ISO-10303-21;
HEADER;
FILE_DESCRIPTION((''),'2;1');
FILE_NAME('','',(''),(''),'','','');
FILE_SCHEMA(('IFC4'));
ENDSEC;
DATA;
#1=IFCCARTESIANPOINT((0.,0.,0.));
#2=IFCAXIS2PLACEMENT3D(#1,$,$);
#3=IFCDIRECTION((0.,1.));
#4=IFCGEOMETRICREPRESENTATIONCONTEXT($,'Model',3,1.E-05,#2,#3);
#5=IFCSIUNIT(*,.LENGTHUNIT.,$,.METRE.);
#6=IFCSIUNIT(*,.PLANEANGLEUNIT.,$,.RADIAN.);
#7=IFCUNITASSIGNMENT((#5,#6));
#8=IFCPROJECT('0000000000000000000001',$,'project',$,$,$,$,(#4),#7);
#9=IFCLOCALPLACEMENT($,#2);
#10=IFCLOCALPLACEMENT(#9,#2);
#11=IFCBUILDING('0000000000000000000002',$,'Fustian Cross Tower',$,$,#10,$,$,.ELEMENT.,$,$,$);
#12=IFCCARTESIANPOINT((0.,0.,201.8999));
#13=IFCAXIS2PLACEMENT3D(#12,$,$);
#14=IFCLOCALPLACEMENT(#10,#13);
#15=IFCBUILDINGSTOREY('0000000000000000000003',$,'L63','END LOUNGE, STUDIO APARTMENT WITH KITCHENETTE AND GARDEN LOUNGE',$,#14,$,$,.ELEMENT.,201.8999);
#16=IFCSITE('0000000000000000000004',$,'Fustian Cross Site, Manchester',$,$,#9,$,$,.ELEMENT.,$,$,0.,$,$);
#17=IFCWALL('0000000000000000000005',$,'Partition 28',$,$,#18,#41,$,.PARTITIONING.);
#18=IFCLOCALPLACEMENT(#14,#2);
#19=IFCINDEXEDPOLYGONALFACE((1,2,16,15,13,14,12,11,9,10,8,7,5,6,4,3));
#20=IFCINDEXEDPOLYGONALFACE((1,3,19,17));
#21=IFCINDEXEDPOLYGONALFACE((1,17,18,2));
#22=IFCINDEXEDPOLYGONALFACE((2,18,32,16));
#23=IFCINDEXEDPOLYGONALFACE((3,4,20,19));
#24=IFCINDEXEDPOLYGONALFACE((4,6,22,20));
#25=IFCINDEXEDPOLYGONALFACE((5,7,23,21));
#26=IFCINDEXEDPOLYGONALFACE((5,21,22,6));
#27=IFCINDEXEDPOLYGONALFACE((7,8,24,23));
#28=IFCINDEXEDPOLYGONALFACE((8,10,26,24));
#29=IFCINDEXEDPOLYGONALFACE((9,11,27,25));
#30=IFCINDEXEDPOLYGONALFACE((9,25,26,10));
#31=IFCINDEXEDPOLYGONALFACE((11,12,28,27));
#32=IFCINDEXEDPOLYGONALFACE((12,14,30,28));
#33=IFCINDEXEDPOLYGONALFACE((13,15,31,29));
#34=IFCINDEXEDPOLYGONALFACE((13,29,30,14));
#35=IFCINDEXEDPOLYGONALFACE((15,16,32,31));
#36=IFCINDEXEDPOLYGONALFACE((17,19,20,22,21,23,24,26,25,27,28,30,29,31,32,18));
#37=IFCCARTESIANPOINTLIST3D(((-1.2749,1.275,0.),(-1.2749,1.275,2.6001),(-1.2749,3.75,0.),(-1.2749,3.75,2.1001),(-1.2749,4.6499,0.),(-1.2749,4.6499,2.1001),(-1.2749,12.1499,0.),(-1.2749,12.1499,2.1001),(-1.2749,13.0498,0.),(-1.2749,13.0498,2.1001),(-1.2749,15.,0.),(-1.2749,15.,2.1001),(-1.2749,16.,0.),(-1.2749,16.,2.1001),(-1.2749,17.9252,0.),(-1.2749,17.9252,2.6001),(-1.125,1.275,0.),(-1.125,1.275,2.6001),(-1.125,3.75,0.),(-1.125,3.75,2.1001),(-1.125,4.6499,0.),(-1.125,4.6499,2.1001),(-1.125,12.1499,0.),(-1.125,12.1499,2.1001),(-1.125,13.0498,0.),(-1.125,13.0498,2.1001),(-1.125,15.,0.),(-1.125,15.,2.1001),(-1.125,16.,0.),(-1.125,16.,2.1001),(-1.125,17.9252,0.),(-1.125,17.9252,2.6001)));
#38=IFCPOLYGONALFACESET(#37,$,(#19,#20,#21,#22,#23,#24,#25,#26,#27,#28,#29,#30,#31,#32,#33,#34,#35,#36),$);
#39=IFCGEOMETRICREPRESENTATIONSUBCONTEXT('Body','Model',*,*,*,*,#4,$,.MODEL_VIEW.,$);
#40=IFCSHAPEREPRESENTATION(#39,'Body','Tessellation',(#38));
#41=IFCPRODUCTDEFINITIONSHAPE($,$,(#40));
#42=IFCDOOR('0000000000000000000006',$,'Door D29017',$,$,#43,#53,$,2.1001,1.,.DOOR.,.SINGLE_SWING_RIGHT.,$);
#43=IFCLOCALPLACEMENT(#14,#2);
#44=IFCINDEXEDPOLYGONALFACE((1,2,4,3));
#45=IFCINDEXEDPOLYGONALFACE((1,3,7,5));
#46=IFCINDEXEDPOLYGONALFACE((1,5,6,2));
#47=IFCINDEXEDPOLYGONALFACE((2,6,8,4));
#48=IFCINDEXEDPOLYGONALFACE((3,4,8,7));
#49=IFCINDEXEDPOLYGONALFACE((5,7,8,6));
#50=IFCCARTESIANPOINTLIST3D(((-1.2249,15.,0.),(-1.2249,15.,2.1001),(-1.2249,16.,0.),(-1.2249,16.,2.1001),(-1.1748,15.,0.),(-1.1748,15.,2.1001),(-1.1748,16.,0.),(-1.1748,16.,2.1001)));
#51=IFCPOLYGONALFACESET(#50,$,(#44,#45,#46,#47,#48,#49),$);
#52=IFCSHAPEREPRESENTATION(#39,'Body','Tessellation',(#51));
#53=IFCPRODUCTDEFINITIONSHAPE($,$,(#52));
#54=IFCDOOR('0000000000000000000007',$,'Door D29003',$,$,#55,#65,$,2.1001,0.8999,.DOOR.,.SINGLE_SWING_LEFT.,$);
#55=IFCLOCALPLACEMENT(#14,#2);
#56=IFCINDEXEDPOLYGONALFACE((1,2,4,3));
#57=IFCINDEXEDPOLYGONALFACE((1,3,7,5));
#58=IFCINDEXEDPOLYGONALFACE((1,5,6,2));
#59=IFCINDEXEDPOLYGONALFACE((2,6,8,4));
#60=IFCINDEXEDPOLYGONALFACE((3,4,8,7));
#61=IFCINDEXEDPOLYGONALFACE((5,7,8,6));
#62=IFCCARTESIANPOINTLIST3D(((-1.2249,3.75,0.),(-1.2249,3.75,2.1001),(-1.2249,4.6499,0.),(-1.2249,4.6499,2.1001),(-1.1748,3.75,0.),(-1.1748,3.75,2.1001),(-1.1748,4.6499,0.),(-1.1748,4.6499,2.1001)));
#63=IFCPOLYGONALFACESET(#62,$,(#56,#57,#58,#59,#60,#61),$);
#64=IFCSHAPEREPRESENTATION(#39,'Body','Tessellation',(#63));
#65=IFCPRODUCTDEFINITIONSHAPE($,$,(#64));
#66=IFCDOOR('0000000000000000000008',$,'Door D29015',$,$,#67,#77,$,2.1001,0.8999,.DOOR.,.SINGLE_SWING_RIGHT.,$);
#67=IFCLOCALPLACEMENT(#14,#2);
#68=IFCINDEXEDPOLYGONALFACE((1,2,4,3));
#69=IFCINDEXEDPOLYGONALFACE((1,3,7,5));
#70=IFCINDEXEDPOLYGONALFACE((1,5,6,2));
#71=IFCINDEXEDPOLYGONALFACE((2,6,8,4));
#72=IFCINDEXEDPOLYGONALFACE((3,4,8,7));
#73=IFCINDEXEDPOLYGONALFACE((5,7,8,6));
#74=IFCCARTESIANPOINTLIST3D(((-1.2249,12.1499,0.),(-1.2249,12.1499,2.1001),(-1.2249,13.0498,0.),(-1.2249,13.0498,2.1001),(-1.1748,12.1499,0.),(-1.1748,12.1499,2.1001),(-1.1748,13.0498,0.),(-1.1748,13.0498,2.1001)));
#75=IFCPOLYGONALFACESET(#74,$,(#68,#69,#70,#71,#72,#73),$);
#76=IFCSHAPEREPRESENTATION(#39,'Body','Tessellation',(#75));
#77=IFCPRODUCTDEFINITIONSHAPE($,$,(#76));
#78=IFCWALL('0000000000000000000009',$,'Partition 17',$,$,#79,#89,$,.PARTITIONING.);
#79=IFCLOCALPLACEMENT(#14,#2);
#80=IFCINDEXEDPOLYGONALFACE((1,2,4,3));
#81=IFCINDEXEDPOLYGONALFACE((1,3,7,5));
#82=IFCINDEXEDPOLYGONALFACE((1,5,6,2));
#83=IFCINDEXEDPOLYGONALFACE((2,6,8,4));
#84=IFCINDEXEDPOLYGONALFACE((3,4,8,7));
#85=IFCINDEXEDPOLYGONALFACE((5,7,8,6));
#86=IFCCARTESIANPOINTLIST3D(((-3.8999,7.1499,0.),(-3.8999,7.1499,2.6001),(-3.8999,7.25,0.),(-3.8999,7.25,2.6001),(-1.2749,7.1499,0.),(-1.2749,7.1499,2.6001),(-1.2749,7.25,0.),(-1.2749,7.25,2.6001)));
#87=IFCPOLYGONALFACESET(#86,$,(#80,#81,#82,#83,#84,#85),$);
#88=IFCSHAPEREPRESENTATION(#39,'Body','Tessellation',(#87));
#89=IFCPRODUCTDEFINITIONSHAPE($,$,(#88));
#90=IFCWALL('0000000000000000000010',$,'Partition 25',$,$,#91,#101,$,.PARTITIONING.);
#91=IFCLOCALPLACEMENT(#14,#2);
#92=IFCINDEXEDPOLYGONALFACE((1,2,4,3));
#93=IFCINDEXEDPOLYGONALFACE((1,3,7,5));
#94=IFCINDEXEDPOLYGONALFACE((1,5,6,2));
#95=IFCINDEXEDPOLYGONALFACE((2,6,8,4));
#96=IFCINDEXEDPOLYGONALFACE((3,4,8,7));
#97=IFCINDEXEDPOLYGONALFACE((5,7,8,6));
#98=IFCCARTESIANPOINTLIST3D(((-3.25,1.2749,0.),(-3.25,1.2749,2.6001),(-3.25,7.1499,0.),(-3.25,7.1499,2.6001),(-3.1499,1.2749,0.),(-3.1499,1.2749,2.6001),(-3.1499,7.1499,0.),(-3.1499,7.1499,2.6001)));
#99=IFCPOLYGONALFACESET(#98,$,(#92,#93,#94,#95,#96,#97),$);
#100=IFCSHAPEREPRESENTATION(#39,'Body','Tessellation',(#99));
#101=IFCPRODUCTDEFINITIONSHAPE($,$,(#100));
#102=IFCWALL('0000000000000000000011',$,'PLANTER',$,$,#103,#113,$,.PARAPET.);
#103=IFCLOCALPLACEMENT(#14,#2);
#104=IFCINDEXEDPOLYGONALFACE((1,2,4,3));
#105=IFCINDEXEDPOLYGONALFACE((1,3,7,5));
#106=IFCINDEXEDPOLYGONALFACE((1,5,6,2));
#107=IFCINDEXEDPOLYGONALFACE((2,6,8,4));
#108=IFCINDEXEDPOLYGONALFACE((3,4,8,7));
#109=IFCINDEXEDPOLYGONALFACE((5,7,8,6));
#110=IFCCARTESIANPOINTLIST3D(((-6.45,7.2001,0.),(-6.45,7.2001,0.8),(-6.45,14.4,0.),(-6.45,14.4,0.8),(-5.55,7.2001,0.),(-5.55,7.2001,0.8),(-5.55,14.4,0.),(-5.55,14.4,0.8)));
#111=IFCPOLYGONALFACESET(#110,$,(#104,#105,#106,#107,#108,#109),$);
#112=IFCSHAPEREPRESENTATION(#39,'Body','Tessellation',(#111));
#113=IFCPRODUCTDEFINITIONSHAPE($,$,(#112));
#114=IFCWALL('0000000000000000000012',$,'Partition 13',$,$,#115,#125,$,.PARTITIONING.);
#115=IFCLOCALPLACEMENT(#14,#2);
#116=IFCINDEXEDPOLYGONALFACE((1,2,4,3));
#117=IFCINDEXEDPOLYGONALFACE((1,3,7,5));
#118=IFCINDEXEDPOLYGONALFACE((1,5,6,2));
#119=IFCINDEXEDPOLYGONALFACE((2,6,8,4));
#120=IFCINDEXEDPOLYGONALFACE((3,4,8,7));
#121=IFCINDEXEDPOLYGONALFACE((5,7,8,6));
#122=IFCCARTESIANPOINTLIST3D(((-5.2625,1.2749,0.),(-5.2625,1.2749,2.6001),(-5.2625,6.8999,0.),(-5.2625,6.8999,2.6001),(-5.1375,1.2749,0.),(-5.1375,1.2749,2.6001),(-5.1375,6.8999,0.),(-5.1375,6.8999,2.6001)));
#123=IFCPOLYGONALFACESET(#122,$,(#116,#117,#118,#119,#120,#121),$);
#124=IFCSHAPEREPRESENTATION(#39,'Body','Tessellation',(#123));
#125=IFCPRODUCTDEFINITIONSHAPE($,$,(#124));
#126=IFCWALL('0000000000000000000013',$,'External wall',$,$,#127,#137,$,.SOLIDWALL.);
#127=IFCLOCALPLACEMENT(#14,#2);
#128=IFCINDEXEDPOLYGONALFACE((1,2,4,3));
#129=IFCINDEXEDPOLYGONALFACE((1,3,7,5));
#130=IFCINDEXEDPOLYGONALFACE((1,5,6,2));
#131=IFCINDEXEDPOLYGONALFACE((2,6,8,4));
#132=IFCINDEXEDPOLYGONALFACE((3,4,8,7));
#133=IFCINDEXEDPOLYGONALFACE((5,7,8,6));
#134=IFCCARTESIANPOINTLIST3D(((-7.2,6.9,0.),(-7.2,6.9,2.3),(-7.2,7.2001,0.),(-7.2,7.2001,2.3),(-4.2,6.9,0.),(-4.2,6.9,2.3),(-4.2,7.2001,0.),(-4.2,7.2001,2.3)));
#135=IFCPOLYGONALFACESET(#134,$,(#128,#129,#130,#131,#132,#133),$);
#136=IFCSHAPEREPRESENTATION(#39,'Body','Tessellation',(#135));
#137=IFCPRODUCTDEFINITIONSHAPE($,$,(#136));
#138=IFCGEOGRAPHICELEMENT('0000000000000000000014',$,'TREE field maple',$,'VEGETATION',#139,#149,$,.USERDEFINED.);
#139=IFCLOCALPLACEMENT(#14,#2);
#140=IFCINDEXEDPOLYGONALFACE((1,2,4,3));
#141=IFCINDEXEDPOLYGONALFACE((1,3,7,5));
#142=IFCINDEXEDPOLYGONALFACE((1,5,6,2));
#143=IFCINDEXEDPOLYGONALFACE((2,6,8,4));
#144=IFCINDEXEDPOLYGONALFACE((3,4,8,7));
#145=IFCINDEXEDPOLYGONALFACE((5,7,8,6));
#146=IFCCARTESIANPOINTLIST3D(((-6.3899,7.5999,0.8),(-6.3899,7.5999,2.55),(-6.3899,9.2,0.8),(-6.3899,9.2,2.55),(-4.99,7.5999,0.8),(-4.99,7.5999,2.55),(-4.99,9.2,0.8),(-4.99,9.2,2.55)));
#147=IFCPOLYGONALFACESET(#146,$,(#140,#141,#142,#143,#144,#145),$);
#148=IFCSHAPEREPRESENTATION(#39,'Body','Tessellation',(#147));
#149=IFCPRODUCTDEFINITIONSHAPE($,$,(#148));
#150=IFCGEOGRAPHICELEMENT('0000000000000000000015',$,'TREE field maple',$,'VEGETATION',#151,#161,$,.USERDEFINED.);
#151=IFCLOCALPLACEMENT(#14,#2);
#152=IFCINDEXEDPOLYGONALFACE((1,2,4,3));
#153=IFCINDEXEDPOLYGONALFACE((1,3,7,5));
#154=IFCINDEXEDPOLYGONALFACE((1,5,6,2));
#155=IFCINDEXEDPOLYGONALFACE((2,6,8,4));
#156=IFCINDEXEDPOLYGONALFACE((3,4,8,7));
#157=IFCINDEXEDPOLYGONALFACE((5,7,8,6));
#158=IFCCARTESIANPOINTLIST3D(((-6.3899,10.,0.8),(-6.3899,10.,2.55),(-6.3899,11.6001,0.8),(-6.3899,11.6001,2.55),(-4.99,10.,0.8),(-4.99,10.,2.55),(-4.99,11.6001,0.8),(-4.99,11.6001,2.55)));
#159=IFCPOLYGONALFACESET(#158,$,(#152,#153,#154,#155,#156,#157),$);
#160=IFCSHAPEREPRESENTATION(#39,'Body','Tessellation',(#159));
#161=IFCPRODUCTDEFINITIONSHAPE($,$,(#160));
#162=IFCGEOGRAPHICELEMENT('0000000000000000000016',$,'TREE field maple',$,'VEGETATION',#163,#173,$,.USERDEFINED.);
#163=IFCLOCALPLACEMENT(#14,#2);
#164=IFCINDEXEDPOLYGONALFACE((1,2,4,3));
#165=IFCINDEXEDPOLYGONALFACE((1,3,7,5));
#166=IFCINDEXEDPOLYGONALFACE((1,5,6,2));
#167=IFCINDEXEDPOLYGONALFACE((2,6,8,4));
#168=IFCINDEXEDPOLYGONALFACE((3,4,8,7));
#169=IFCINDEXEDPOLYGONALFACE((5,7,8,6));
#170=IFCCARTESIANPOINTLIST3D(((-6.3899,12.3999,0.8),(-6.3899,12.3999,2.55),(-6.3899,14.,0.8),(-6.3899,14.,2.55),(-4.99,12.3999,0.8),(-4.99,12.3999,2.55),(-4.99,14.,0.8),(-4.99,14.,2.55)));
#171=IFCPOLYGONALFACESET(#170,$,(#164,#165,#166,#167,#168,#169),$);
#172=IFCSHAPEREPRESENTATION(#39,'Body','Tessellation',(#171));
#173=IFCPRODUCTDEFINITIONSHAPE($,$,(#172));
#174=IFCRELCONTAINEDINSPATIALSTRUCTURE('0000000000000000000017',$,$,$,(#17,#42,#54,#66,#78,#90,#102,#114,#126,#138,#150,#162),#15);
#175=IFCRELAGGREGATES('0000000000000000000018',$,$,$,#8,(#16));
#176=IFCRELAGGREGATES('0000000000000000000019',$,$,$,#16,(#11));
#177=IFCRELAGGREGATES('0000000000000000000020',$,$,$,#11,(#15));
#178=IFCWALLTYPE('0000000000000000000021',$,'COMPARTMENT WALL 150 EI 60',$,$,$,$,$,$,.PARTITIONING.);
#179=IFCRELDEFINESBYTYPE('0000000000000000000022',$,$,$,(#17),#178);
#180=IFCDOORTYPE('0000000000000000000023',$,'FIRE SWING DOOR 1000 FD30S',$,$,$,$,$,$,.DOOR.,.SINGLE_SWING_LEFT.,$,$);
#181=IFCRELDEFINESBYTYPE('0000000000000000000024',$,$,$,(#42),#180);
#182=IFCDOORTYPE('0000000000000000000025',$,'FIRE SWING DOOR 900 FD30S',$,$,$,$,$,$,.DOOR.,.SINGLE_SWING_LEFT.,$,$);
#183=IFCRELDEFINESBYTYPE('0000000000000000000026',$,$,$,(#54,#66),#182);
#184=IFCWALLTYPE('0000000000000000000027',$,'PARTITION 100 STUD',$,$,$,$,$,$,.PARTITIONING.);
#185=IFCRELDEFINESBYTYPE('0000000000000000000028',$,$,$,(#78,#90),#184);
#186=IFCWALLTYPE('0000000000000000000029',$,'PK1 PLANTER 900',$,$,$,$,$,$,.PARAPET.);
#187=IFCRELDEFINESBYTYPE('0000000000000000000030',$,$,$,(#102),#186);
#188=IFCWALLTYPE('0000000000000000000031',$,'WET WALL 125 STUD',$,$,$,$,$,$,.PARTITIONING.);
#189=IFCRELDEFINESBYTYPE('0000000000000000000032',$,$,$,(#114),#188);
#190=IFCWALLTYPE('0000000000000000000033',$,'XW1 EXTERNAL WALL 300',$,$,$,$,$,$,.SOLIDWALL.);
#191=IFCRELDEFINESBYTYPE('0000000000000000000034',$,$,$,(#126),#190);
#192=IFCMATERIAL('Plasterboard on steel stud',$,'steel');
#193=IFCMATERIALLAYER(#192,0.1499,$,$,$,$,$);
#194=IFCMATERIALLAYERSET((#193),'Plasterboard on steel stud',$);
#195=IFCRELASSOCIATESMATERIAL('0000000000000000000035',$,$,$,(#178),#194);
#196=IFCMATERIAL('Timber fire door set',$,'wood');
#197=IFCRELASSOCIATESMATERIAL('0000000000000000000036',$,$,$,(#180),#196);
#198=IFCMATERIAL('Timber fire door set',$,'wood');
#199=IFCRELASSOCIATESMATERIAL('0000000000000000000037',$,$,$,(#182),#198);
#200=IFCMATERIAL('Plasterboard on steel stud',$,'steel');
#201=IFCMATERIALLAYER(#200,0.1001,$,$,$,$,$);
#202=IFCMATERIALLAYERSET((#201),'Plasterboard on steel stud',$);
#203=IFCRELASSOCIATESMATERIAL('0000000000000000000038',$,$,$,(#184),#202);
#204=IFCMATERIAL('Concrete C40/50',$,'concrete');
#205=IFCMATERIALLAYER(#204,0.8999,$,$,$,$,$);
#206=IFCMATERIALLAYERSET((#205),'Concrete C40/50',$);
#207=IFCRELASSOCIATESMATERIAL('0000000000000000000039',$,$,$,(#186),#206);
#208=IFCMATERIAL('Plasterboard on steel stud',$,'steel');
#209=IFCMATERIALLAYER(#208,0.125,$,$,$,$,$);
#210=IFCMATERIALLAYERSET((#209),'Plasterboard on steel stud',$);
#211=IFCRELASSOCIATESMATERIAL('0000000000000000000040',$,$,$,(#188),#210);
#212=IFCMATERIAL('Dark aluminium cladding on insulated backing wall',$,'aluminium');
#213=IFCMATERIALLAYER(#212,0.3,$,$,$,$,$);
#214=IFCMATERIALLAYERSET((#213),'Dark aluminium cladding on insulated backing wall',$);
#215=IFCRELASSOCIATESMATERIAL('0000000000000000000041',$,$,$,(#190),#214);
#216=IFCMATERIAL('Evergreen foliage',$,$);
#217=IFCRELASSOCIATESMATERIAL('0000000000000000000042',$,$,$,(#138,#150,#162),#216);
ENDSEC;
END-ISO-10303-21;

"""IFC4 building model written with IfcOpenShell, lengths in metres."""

from ifc_helpers import new_model, si_unit, direction, frame, frame_2d, origin, origin_2d, place, context, subcontext, project, spatial, rectangle, extrude, material, layer, layer_set, type_object, element, fill, save


model = new_model("IFC4")

# Units and contexts
model_context = context("Model", 3, precision=1e-05, world=origin(), true_north=direction((0.0, 1.0)))
body_context = subcontext(model_context, "Body", "Model", "MODEL_VIEW")
ifc_project = project(units=[si_unit("LENGTHUNIT", "METRE"), si_unit("PLANEANGLEUNIT", "RADIAN")], contexts=[model_context])

# Site, building, storey
site_placement = place(None, origin())
site = spatial("IfcSite", under=ifc_project, at=site_placement, Name="Fustian Cross Site, Manchester", CompositionType="ELEMENT", RefElevation=0.0)
building_placement = place(site_placement, origin())
building = spatial("IfcBuilding", under=site, at=building_placement, Name="Fustian Cross Tower", CompositionType="ELEMENT")
storey_placement = place(building_placement, frame((0.0, 0.0, 201.8999)))
storey = spatial("IfcBuildingStorey", under=building, at=storey_placement, Name="L63", Description="END LOUNGE, STUDIO APARTMENT WITH KITCHENETTE AND GARDEN LOUNGE", CompositionType="ELEMENT", Elevation=201.8999)

# Wall, openings, doors
ifc_material_1 = material(Name="Plasterboard on steel stud", Category="steel")
ifc_layer_1 = layer(ifc_material_1, 0.1499)
ifc_layer_set_1 = layer_set([ifc_layer_1], Name="Plasterboard on steel stud")
wall_type_1 = type_object("IfcWallType", Name="COMPARTMENT WALL 150 EI 60", PredefinedType="PARTITIONING", material=ifc_layer_set_1)
wall_1_placement = place(storey_placement, frame((-1.2, 1.2749, 0.0), z_axis=(0.0, 0.0, 1.0), x_axis=(0.0, 1.0, 0.0)))
wall_1 = element("IfcWall", 1, at=wall_1_placement, inside=storey, type_object=wall_type_1, Name="Partition 28", PredefinedType="PARTITIONING", context=body_context, shape_type="SweptSolid", body=[
    extrude(rectangle(XDim=16.6501, YDim=0.1499, at=frame_2d((8.3252, 0.0))), origin(), (0.0, 0.0, 1.0), 2.6001),
])
opening_1_placement = place(wall_1_placement, frame((2.4751, 0.0, 0.0)))
opening_1 = element("IfcOpeningElement", 2, at=opening_1_placement, cuts=wall_1, PredefinedType="OPENING", context=body_context, shape_type="SweptSolid", body=[
    extrude(rectangle(XDim=0.8999, YDim=2.1001, at=frame_2d((0.45, 1.05))), frame((0.0, 0.085, 0.0), z_axis=(0.0, -1.0, 0.0), x_axis=(1.0, 0.0, 0.0)), (0.0, 0.0, 1.0), 0.1699),
])
opening_2_placement = place(wall_1_placement, frame((10.875, 0.0, 0.0)))
opening_2 = element("IfcOpeningElement", 3, at=opening_2_placement, cuts=wall_1, PredefinedType="OPENING", context=body_context, shape_type="SweptSolid", body=[
    extrude(rectangle(XDim=0.8999, YDim=2.1001, at=frame_2d((0.45, 1.05))), frame((0.0, 0.085, 0.0), z_axis=(0.0, -1.0, 0.0), x_axis=(1.0, 0.0, 0.0)), (0.0, 0.0, 1.0), 0.1699),
])
opening_3_placement = place(wall_1_placement, frame((13.7251, 0.0, 0.0)))
opening_3 = element("IfcOpeningElement", 4, at=opening_3_placement, cuts=wall_1, PredefinedType="OPENING", context=body_context, shape_type="SweptSolid", body=[
    extrude(rectangle(XDim=1.0, YDim=2.1001, at=frame_2d((0.5, 1.05))), frame((0.0, 0.085, 0.0), z_axis=(0.0, -1.0, 0.0), x_axis=(1.0, 0.0, 0.0)), (0.0, 0.0, 1.0), 0.1699),
])
ifc_material_2 = material(Name="Timber fire door set", Category="wood")
door_type_1 = type_object("IfcDoorType", Name="FIRE SWING DOOR 1000 FD30S", OperationType="SINGLE_SWING_LEFT", PredefinedType="DOOR", material=ifc_material_2)
door_1_placement = place(opening_3_placement, origin())
door_1 = element("IfcDoor", 5, at=door_1_placement, inside=storey, type_object=door_type_1, Name="Door D29017", OperationType="SINGLE_SWING_RIGHT", OverallHeight=2.1001, OverallWidth=1.0, PredefinedType="DOOR", context=body_context, shape_type="SweptSolid", body=[
    extrude(rectangle(XDim=1.0, YDim=2.1001, at=frame_2d((0.5, 1.05))), frame((0.0, 0.0249, 0.0), z_axis=(0.0, -1.0, 0.0), x_axis=(1.0, 0.0, 0.0)), (0.0, 0.0, 1.0), 0.05),
])
fill(opening_3, door_1)
ifc_material_3 = material(Name="Timber fire door set", Category="wood")
door_type_2 = type_object("IfcDoorType", Name="FIRE SWING DOOR 900 FD30S", OperationType="SINGLE_SWING_LEFT", PredefinedType="DOOR", material=ifc_material_3)
door_2_placement = place(opening_1_placement, origin())
door_2 = element("IfcDoor", 6, at=door_2_placement, inside=storey, type_object=door_type_2, Name="Door D29003", OperationType="SINGLE_SWING_LEFT", OverallHeight=2.1001, OverallWidth=0.8999, PredefinedType="DOOR", context=body_context, shape_type="SweptSolid", body=[
    extrude(rectangle(XDim=0.8999, YDim=2.1001, at=frame_2d((0.45, 1.05))), frame((0.0, 0.0249, 0.0), z_axis=(0.0, -1.0, 0.0), x_axis=(1.0, 0.0, 0.0)), (0.0, 0.0, 1.0), 0.05),
])
fill(opening_1, door_2)
door_3_placement = place(opening_2_placement, origin())
door_3 = element("IfcDoor", 7, at=door_3_placement, inside=storey, type_object=door_type_2, Name="Door D29015", OperationType="SINGLE_SWING_RIGHT", OverallHeight=2.1001, OverallWidth=0.8999, PredefinedType="DOOR", context=body_context, shape_type="SweptSolid", body=[
    extrude(rectangle(XDim=0.8999, YDim=2.1001, at=frame_2d((0.45, 1.05))), frame((0.0, 0.0249, 0.0), z_axis=(0.0, -1.0, 0.0), x_axis=(1.0, 0.0, 0.0)), (0.0, 0.0, 1.0), 0.05),
])
fill(opening_2, door_3)

# Walls
ifc_material_4 = material(Name="Plasterboard on steel stud", Category="steel")
ifc_layer_2 = layer(ifc_material_4, 0.1001)
ifc_layer_set_2 = layer_set([ifc_layer_2], Name="Plasterboard on steel stud")
wall_type_2 = type_object("IfcWallType", Name="PARTITION 100 STUD", PredefinedType="PARTITIONING", material=ifc_layer_set_2)
wall_2_placement = place(storey_placement, frame((-3.8999, 7.2, 0.0), z_axis=(0.0, 0.0, 1.0), x_axis=(1.0, 0.0, 0.0)))
element("IfcWall", 8, at=wall_2_placement, inside=storey, type_object=wall_type_2, Name="Partition 17", PredefinedType="PARTITIONING", context=body_context, shape_type="SweptSolid", body=[
    extrude(rectangle(XDim=2.625, YDim=0.1001, at=frame_2d((1.3125, 0.0))), origin(), (0.0, 0.0, 1.0), 2.6001),
])
wall_3_placement = place(storey_placement, frame((-3.2, 1.2749, 0.0), z_axis=(0.0, 0.0, 1.0), x_axis=(0.0, 1.0, 0.0)))
element("IfcWall", 9, at=wall_3_placement, inside=storey, type_object=wall_type_2, Name="Partition 25", PredefinedType="PARTITIONING", context=body_context, shape_type="SweptSolid", body=[
    extrude(rectangle(XDim=5.875, YDim=0.1001, at=frame_2d((2.9375, 0.0))), origin(), (0.0, 0.0, 1.0), 2.6001),
])
ifc_material_5 = material(Name="Concrete C40/50", Category="concrete")
ifc_layer_3 = layer(ifc_material_5, 0.8999)
ifc_layer_set_3 = layer_set([ifc_layer_3], Name="Concrete C40/50")
wall_type_3 = type_object("IfcWallType", Name="PK1 PLANTER 900", PredefinedType="PARAPET", material=ifc_layer_set_3)
wall_4_placement = place(storey_placement, frame((-6.0, 7.2, 0.0), z_axis=(0.0, 0.0, 1.0), x_axis=(0.0, 1.0, 0.0)))
element("IfcWall", 10, at=wall_4_placement, inside=storey, type_object=wall_type_3, Name="PLANTER", PredefinedType="PARAPET", context=body_context, shape_type="SweptSolid", body=[
    extrude(rectangle(XDim=7.2, YDim=0.8999, at=frame_2d((3.6001, 0.0))), origin(), (0.0, 0.0, 1.0), 0.8),
])
ifc_material_6 = material(Name="Plasterboard on steel stud", Category="steel")
ifc_layer_4 = layer(ifc_material_6, 0.125)
ifc_layer_set_4 = layer_set([ifc_layer_4], Name="Plasterboard on steel stud")
wall_type_4 = type_object("IfcWallType", Name="WET WALL 125 STUD", PredefinedType="PARTITIONING", material=ifc_layer_set_4)
wall_5_placement = place(storey_placement, frame((-5.2, 1.2749, 0.0), z_axis=(0.0, 0.0, 1.0), x_axis=(0.0, 1.0, 0.0)))
element("IfcWall", 11, at=wall_5_placement, inside=storey, type_object=wall_type_4, Name="Partition 13", PredefinedType="PARTITIONING", context=body_context, shape_type="SweptSolid", body=[
    extrude(rectangle(XDim=5.625, YDim=0.125, at=frame_2d((2.8125, 0.0))), origin(), (0.0, 0.0, 1.0), 2.6001),
])
ifc_material_7 = material(Name="Dark aluminium cladding on insulated backing wall", Category="aluminium")
ifc_layer_5 = layer(ifc_material_7, 0.3)
ifc_layer_set_5 = layer_set([ifc_layer_5], Name="Dark aluminium cladding on insulated backing wall")
wall_type_5 = type_object("IfcWallType", Name="XW1 EXTERNAL WALL 300", PredefinedType="SOLIDWALL", material=ifc_layer_set_5)
wall_6_placement = place(storey_placement, frame((-4.2, 7.05, 0.0), z_axis=(0.0, 0.0, 1.0), x_axis=(-1.0, 0.0, 0.0)))
element("IfcWall", 12, at=wall_6_placement, inside=storey, type_object=wall_type_5, Name="External wall", PredefinedType="SOLIDWALL", context=body_context, shape_type="SweptSolid", body=[
    extrude(rectangle(XDim=3.0, YDim=0.3, at=frame_2d((1.5, 0.0))), origin(), (0.0, 0.0, 1.0), 2.3),
])

# Geographic elements
ifc_material_8 = material(Name="Evergreen foliage")
for number, where, z_axis, x_axis, name in (
    (13, (-5.6899, 8.3999, 0.8), (0.0, 0.0, 1.0), (1.0, 0.0, 0.0), "TREE field maple"),
    (14, (-5.6899, 10.8, 0.8), (0.0, 0.0, 1.0), (1.0, 0.0, 0.0), "TREE field maple"),
    (15, (-5.6899, 13.2, 0.8), (0.0, 0.0, 1.0), (1.0, 0.0, 0.0), "TREE field maple"),
):
    element("IfcGeographicElement", number, at=place(storey_placement, frame(where, z_axis=z_axis, x_axis=x_axis)), inside=storey, material=ifc_material_8, Name=name, ObjectType="VEGETATION", PredefinedType="USERDEFINED", context=body_context, shape_type="SweptSolid", body=[
        extrude(rectangle(XDim=1.3999, YDim=1.6001, at=origin_2d()), origin(), (0.0, 0.0, 1.0), 1.75),
    ])

save(model, "model.ifc")
